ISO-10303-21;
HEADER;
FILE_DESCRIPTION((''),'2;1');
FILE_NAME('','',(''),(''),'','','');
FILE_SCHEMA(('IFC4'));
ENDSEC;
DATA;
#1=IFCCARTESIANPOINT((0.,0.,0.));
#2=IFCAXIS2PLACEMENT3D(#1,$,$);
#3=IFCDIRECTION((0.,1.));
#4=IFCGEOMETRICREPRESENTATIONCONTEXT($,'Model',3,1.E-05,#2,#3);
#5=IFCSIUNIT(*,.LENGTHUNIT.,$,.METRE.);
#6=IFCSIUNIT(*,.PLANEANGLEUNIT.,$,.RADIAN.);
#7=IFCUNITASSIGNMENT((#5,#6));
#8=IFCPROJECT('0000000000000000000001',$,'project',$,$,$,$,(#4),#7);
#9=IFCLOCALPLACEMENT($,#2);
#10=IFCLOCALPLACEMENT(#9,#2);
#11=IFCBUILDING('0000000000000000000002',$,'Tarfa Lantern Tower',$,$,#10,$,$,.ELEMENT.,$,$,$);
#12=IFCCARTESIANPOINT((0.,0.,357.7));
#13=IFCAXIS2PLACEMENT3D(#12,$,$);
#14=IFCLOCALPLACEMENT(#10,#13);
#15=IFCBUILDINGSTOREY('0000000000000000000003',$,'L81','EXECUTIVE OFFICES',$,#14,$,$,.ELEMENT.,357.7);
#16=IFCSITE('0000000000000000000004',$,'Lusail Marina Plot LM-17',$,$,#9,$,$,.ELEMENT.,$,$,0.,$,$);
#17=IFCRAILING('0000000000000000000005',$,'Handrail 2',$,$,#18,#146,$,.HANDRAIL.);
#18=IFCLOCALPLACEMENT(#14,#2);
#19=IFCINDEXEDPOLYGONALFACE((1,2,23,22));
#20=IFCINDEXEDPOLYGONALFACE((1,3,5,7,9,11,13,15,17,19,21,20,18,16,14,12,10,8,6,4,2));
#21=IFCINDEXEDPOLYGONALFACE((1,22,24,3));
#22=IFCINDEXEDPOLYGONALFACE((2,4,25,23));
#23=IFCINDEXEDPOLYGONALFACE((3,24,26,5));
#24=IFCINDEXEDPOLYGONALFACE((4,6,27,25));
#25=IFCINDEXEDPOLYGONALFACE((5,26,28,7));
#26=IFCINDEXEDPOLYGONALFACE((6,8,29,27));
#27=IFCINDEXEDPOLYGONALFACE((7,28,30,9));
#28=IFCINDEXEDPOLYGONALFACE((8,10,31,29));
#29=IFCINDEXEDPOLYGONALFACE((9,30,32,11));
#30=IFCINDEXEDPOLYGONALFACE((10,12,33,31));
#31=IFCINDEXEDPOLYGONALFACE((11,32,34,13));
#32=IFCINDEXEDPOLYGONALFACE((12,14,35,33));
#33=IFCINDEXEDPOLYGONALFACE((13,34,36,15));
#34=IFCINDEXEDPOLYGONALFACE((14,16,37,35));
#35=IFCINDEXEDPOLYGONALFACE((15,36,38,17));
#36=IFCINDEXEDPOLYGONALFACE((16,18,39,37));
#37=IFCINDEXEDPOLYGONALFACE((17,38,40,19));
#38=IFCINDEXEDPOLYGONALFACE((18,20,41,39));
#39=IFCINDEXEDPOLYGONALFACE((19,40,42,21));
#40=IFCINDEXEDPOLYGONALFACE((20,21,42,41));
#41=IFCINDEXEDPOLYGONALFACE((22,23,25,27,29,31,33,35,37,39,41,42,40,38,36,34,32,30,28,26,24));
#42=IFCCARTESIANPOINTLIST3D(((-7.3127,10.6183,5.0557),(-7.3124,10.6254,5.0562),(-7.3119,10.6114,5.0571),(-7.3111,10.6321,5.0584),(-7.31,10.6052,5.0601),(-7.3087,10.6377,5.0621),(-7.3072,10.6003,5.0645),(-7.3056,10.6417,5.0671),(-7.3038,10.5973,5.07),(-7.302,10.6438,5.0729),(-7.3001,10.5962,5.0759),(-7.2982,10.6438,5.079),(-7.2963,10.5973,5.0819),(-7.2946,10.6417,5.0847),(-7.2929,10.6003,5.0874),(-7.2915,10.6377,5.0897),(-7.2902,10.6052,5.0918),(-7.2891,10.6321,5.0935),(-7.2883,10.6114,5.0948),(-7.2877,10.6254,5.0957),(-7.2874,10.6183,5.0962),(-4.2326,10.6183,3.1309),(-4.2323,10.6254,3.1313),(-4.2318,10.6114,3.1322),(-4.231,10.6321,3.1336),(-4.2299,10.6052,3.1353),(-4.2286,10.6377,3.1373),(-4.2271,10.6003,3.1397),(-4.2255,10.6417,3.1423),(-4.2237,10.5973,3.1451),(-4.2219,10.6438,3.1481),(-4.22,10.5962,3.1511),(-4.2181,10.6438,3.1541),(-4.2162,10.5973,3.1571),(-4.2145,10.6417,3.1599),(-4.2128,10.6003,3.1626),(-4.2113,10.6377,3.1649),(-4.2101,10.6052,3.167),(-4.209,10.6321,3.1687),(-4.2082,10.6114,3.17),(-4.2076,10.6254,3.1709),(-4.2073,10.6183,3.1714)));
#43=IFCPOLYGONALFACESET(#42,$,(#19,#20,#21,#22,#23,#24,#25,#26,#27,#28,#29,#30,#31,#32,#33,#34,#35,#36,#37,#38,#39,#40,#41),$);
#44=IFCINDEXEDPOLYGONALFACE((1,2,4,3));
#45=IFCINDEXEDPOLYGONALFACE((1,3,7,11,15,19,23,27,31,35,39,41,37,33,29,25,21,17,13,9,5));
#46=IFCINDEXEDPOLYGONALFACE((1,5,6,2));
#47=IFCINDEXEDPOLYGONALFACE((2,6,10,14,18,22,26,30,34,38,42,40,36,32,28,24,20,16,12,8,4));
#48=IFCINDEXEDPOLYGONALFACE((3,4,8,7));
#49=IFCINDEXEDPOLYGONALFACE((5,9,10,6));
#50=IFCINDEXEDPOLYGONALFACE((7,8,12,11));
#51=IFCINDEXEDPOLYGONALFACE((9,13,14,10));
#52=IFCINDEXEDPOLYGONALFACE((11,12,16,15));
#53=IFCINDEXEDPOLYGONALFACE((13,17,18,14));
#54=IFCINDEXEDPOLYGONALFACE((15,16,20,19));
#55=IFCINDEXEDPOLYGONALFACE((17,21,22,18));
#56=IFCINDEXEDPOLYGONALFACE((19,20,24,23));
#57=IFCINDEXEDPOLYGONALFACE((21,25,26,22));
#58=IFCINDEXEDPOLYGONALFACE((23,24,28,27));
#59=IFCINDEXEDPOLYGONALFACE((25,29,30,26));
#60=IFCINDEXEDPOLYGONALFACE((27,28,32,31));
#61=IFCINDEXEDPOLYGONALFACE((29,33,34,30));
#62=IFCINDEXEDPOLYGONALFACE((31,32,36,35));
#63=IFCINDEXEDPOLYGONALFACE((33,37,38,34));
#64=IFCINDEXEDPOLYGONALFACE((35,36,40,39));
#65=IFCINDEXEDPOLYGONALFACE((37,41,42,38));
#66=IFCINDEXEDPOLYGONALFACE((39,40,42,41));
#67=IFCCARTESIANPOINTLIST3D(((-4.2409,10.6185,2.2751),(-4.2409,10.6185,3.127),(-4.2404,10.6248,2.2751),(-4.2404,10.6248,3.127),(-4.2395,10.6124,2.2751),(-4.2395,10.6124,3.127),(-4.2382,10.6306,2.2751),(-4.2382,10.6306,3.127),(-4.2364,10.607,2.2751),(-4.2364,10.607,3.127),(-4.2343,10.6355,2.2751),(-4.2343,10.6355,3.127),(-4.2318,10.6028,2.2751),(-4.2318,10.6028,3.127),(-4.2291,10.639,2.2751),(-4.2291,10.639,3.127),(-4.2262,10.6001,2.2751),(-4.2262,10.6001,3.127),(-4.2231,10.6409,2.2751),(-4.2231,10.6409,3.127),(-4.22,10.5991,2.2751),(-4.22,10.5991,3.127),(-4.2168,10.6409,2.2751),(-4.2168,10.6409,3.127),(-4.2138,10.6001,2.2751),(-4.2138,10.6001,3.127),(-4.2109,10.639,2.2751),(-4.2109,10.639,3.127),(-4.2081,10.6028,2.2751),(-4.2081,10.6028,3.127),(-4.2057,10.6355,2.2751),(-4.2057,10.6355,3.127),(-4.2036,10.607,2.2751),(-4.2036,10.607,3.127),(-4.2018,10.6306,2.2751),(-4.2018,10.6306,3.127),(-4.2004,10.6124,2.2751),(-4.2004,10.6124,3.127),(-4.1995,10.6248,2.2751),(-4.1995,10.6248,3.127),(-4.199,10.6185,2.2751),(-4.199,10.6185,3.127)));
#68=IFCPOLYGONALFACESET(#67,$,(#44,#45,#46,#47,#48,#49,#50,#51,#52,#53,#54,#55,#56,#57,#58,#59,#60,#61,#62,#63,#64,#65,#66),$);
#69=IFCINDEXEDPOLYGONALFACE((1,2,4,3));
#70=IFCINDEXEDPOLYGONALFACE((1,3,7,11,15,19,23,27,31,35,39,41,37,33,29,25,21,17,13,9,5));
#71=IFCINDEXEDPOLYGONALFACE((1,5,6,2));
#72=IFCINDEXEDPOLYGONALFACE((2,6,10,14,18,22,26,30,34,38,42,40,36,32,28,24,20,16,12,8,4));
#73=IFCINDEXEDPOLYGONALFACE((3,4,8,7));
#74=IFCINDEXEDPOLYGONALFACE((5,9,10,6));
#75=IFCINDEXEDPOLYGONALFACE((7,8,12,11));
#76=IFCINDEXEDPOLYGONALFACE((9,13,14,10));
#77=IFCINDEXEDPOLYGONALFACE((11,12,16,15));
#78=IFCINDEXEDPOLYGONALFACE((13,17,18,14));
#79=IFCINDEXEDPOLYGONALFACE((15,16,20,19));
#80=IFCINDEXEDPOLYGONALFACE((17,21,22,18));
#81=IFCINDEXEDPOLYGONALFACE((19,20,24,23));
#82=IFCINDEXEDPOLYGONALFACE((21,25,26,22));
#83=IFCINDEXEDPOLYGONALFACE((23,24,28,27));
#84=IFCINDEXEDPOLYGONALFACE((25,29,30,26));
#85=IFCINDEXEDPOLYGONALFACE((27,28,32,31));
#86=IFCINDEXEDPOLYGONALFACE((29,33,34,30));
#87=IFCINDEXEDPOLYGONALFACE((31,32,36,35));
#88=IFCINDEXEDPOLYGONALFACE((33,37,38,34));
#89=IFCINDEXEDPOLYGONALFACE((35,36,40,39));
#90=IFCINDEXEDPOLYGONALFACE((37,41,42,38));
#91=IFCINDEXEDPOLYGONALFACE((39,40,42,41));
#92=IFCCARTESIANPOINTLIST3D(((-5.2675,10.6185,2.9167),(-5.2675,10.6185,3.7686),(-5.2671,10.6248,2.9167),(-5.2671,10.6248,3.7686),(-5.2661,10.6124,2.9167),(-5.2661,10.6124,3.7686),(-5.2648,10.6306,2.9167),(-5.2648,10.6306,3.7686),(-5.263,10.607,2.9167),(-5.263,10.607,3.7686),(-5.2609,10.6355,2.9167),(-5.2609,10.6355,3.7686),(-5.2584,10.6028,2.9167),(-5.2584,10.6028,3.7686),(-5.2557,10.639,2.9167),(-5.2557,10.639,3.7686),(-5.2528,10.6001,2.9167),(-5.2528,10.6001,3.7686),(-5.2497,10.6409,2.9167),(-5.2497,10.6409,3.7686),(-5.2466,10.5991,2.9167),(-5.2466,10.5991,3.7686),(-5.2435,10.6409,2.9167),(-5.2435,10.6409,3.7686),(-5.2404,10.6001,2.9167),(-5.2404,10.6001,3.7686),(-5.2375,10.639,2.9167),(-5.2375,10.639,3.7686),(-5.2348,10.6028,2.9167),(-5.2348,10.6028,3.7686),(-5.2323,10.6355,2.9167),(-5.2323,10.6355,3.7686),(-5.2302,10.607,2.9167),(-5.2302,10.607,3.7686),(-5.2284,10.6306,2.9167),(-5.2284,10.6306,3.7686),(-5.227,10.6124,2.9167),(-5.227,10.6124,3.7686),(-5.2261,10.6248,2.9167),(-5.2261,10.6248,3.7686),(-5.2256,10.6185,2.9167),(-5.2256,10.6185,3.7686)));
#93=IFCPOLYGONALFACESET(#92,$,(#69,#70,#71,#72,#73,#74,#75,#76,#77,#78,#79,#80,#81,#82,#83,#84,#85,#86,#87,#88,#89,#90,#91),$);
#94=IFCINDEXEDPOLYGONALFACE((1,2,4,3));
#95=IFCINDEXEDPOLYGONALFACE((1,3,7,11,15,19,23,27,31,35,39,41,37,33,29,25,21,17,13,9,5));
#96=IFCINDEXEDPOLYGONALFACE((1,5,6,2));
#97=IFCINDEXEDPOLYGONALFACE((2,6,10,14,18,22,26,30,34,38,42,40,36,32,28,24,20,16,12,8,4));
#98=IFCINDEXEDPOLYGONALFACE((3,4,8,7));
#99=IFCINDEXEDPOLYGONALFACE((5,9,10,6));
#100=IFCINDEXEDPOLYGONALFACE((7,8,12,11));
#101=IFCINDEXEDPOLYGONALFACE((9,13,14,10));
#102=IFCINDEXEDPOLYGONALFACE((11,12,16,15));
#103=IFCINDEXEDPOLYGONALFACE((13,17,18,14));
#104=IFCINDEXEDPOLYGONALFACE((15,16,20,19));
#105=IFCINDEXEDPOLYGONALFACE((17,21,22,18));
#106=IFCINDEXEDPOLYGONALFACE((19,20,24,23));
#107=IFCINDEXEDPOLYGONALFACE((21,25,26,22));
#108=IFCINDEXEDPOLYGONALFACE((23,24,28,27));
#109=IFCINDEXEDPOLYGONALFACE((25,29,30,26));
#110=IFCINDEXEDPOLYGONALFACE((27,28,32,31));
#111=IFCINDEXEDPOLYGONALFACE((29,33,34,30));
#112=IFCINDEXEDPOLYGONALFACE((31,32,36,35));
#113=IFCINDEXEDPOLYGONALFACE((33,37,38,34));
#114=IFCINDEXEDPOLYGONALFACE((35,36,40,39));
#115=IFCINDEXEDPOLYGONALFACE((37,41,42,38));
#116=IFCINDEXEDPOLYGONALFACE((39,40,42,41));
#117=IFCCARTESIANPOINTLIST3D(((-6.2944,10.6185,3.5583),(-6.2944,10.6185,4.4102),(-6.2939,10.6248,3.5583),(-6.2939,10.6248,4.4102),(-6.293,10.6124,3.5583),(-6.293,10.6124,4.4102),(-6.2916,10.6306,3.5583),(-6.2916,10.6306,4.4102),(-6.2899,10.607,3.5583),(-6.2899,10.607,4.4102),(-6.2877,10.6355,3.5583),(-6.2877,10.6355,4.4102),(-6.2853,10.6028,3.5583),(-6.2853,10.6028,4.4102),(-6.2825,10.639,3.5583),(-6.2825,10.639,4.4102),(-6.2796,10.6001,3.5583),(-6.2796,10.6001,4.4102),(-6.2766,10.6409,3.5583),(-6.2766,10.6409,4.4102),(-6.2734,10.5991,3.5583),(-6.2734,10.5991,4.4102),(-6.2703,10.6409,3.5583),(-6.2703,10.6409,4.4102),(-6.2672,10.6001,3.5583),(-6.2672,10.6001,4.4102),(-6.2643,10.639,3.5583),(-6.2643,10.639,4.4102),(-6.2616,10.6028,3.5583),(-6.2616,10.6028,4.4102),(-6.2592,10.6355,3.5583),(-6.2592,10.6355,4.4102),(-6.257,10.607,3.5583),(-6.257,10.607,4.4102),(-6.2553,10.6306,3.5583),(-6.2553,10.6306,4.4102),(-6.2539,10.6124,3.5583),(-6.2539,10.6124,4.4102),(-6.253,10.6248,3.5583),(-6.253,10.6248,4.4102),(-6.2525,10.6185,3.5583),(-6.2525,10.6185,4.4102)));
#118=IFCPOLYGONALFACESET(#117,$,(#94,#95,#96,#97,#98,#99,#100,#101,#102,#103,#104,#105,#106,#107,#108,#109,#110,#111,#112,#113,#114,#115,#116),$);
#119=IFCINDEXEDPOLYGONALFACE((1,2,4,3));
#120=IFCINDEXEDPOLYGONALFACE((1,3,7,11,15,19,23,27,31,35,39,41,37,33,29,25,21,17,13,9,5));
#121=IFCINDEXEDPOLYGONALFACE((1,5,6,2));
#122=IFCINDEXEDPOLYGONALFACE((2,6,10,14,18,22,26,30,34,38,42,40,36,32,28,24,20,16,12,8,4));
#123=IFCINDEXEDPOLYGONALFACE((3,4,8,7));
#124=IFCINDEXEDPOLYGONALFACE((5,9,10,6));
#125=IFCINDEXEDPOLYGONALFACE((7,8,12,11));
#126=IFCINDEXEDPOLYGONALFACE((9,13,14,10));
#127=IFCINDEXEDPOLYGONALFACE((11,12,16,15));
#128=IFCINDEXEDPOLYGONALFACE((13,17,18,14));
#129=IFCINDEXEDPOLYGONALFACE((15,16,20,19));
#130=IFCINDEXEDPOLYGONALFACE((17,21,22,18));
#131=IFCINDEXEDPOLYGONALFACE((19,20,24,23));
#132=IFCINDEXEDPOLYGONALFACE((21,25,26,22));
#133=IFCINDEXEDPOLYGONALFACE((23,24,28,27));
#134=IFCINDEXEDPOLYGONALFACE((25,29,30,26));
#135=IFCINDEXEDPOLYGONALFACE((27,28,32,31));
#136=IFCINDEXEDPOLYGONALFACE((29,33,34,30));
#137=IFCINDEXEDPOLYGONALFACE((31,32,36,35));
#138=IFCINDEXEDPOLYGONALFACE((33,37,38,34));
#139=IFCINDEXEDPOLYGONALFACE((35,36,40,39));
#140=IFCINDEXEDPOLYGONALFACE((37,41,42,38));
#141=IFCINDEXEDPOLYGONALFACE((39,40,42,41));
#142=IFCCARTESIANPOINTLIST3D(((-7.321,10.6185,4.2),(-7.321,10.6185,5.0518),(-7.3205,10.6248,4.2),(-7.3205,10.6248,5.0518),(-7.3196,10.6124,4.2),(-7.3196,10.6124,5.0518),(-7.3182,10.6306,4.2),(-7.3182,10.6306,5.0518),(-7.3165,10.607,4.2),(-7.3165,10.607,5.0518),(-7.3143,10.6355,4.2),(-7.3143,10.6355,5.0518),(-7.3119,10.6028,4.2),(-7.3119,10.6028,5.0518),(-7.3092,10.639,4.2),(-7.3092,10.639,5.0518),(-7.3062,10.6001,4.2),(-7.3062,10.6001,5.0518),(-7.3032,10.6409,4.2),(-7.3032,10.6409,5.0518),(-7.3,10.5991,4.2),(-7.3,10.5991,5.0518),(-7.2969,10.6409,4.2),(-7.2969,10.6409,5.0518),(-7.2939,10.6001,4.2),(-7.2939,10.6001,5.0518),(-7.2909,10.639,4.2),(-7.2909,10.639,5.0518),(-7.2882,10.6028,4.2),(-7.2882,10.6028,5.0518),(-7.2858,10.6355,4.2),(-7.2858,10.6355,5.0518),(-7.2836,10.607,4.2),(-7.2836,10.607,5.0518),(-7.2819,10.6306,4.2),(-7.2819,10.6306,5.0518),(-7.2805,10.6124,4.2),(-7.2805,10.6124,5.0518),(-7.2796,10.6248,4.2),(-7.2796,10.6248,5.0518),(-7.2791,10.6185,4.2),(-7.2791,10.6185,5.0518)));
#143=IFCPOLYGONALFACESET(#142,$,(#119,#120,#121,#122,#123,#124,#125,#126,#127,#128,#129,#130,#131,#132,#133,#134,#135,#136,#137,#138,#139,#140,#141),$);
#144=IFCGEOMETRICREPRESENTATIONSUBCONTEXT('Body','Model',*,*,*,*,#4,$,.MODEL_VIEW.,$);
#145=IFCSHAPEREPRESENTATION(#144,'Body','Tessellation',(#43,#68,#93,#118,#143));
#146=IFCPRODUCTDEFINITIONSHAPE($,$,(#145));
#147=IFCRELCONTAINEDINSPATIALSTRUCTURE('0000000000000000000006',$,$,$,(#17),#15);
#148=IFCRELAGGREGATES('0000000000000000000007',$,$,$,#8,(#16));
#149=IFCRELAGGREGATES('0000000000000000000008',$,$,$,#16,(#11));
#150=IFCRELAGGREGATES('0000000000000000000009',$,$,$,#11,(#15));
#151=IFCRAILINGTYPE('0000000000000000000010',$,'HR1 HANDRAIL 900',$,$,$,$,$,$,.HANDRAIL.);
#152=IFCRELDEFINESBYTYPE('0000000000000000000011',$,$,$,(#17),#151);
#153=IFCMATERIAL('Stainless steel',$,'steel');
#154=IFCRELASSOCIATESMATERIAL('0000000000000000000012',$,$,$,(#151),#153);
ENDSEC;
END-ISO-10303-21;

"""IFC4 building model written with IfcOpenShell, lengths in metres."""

from ifc_helpers import new_model, si_unit, direction, frame, origin, origin_2d, place, context, subcontext, project, spatial, circle, extrude, material, type_object, element, save


model = new_model("IFC4")

# Units and contexts
model_context = context("Model", 3, precision=1e-05, world=origin(), true_north=direction((0.0, 1.0)))
body_context = subcontext(model_context, "Body", "Model", "MODEL_VIEW")
ifc_project = project(units=[si_unit("LENGTHUNIT", "METRE"), si_unit("PLANEANGLEUNIT", "RADIAN")], contexts=[model_context])

# Site, building, storey
site_placement = place(None, origin())
site = spatial("IfcSite", under=ifc_project, at=site_placement, Name="Lusail Marina Plot LM-17", CompositionType="ELEMENT", RefElevation=0.0)
building_placement = place(site_placement, origin())
building = spatial("IfcBuilding", under=site, at=building_placement, Name="Tarfa Lantern Tower", CompositionType="ELEMENT")
storey_placement = place(building_placement, frame((0.0, 0.0, 357.7)))
storey = spatial("IfcBuildingStorey", under=building, at=storey_placement, Name="L81", Description="EXECUTIVE OFFICES", CompositionType="ELEMENT", Elevation=357.7)

# Railing
ifc_material_1 = material(Name="Stainless steel", Category="steel")
railing_type = type_object("IfcRailingType", Name="HR1 HANDRAIL 900", PredefinedType="HANDRAIL", material=ifc_material_1)
railing_1_placement = place(storey_placement, frame((-4.22, 10.6201, 2.2751)))
element("IfcRailing", 1, at=railing_1_placement, inside=storey, type_object=railing_type, Name="Handrail 2", PredefinedType="HANDRAIL", context=body_context, shape_type="SweptSolid", body=[
    extrude(circle(Radius=0.0239, at=origin_2d()), frame((0.0, 0.0, 0.876), z_axis=(-0.848029, 0.0, 0.529951), x_axis=(0.0, -1.0, 0.0)), (0.0, 0.0, 1.0), 3.6321),
    extrude(circle(Radius=0.021, at=origin_2d()), frame((0.0, 0.0, 0.0), z_axis=(0.0, 0.0, 1.0), x_axis=(0.0, -1.0, 0.0)), (0.0, 0.0, 1.0), 0.8518),
    extrude(circle(Radius=0.021, at=origin_2d()), frame((-1.0266, 0.0, 0.6416), z_axis=(0.0, 0.0, 1.0), x_axis=(0.0, -1.0, 0.0)), (0.0, 0.0, 1.0), 0.8518),
    extrude(circle(Radius=0.021, at=origin_2d()), frame((-2.0535, 0.0, 1.2832), z_axis=(0.0, 0.0, 1.0), x_axis=(0.0, -1.0, 0.0)), (0.0, 0.0, 1.0), 0.8518),
    extrude(circle(Radius=0.021, at=origin_2d()), frame((-3.0801, 0.0, 1.9248), z_axis=(0.0, 0.0, 1.0), x_axis=(0.0, -1.0, 0.0)), (0.0, 0.0, 1.0), 0.8518),
])

save(model, "model.ifc")
